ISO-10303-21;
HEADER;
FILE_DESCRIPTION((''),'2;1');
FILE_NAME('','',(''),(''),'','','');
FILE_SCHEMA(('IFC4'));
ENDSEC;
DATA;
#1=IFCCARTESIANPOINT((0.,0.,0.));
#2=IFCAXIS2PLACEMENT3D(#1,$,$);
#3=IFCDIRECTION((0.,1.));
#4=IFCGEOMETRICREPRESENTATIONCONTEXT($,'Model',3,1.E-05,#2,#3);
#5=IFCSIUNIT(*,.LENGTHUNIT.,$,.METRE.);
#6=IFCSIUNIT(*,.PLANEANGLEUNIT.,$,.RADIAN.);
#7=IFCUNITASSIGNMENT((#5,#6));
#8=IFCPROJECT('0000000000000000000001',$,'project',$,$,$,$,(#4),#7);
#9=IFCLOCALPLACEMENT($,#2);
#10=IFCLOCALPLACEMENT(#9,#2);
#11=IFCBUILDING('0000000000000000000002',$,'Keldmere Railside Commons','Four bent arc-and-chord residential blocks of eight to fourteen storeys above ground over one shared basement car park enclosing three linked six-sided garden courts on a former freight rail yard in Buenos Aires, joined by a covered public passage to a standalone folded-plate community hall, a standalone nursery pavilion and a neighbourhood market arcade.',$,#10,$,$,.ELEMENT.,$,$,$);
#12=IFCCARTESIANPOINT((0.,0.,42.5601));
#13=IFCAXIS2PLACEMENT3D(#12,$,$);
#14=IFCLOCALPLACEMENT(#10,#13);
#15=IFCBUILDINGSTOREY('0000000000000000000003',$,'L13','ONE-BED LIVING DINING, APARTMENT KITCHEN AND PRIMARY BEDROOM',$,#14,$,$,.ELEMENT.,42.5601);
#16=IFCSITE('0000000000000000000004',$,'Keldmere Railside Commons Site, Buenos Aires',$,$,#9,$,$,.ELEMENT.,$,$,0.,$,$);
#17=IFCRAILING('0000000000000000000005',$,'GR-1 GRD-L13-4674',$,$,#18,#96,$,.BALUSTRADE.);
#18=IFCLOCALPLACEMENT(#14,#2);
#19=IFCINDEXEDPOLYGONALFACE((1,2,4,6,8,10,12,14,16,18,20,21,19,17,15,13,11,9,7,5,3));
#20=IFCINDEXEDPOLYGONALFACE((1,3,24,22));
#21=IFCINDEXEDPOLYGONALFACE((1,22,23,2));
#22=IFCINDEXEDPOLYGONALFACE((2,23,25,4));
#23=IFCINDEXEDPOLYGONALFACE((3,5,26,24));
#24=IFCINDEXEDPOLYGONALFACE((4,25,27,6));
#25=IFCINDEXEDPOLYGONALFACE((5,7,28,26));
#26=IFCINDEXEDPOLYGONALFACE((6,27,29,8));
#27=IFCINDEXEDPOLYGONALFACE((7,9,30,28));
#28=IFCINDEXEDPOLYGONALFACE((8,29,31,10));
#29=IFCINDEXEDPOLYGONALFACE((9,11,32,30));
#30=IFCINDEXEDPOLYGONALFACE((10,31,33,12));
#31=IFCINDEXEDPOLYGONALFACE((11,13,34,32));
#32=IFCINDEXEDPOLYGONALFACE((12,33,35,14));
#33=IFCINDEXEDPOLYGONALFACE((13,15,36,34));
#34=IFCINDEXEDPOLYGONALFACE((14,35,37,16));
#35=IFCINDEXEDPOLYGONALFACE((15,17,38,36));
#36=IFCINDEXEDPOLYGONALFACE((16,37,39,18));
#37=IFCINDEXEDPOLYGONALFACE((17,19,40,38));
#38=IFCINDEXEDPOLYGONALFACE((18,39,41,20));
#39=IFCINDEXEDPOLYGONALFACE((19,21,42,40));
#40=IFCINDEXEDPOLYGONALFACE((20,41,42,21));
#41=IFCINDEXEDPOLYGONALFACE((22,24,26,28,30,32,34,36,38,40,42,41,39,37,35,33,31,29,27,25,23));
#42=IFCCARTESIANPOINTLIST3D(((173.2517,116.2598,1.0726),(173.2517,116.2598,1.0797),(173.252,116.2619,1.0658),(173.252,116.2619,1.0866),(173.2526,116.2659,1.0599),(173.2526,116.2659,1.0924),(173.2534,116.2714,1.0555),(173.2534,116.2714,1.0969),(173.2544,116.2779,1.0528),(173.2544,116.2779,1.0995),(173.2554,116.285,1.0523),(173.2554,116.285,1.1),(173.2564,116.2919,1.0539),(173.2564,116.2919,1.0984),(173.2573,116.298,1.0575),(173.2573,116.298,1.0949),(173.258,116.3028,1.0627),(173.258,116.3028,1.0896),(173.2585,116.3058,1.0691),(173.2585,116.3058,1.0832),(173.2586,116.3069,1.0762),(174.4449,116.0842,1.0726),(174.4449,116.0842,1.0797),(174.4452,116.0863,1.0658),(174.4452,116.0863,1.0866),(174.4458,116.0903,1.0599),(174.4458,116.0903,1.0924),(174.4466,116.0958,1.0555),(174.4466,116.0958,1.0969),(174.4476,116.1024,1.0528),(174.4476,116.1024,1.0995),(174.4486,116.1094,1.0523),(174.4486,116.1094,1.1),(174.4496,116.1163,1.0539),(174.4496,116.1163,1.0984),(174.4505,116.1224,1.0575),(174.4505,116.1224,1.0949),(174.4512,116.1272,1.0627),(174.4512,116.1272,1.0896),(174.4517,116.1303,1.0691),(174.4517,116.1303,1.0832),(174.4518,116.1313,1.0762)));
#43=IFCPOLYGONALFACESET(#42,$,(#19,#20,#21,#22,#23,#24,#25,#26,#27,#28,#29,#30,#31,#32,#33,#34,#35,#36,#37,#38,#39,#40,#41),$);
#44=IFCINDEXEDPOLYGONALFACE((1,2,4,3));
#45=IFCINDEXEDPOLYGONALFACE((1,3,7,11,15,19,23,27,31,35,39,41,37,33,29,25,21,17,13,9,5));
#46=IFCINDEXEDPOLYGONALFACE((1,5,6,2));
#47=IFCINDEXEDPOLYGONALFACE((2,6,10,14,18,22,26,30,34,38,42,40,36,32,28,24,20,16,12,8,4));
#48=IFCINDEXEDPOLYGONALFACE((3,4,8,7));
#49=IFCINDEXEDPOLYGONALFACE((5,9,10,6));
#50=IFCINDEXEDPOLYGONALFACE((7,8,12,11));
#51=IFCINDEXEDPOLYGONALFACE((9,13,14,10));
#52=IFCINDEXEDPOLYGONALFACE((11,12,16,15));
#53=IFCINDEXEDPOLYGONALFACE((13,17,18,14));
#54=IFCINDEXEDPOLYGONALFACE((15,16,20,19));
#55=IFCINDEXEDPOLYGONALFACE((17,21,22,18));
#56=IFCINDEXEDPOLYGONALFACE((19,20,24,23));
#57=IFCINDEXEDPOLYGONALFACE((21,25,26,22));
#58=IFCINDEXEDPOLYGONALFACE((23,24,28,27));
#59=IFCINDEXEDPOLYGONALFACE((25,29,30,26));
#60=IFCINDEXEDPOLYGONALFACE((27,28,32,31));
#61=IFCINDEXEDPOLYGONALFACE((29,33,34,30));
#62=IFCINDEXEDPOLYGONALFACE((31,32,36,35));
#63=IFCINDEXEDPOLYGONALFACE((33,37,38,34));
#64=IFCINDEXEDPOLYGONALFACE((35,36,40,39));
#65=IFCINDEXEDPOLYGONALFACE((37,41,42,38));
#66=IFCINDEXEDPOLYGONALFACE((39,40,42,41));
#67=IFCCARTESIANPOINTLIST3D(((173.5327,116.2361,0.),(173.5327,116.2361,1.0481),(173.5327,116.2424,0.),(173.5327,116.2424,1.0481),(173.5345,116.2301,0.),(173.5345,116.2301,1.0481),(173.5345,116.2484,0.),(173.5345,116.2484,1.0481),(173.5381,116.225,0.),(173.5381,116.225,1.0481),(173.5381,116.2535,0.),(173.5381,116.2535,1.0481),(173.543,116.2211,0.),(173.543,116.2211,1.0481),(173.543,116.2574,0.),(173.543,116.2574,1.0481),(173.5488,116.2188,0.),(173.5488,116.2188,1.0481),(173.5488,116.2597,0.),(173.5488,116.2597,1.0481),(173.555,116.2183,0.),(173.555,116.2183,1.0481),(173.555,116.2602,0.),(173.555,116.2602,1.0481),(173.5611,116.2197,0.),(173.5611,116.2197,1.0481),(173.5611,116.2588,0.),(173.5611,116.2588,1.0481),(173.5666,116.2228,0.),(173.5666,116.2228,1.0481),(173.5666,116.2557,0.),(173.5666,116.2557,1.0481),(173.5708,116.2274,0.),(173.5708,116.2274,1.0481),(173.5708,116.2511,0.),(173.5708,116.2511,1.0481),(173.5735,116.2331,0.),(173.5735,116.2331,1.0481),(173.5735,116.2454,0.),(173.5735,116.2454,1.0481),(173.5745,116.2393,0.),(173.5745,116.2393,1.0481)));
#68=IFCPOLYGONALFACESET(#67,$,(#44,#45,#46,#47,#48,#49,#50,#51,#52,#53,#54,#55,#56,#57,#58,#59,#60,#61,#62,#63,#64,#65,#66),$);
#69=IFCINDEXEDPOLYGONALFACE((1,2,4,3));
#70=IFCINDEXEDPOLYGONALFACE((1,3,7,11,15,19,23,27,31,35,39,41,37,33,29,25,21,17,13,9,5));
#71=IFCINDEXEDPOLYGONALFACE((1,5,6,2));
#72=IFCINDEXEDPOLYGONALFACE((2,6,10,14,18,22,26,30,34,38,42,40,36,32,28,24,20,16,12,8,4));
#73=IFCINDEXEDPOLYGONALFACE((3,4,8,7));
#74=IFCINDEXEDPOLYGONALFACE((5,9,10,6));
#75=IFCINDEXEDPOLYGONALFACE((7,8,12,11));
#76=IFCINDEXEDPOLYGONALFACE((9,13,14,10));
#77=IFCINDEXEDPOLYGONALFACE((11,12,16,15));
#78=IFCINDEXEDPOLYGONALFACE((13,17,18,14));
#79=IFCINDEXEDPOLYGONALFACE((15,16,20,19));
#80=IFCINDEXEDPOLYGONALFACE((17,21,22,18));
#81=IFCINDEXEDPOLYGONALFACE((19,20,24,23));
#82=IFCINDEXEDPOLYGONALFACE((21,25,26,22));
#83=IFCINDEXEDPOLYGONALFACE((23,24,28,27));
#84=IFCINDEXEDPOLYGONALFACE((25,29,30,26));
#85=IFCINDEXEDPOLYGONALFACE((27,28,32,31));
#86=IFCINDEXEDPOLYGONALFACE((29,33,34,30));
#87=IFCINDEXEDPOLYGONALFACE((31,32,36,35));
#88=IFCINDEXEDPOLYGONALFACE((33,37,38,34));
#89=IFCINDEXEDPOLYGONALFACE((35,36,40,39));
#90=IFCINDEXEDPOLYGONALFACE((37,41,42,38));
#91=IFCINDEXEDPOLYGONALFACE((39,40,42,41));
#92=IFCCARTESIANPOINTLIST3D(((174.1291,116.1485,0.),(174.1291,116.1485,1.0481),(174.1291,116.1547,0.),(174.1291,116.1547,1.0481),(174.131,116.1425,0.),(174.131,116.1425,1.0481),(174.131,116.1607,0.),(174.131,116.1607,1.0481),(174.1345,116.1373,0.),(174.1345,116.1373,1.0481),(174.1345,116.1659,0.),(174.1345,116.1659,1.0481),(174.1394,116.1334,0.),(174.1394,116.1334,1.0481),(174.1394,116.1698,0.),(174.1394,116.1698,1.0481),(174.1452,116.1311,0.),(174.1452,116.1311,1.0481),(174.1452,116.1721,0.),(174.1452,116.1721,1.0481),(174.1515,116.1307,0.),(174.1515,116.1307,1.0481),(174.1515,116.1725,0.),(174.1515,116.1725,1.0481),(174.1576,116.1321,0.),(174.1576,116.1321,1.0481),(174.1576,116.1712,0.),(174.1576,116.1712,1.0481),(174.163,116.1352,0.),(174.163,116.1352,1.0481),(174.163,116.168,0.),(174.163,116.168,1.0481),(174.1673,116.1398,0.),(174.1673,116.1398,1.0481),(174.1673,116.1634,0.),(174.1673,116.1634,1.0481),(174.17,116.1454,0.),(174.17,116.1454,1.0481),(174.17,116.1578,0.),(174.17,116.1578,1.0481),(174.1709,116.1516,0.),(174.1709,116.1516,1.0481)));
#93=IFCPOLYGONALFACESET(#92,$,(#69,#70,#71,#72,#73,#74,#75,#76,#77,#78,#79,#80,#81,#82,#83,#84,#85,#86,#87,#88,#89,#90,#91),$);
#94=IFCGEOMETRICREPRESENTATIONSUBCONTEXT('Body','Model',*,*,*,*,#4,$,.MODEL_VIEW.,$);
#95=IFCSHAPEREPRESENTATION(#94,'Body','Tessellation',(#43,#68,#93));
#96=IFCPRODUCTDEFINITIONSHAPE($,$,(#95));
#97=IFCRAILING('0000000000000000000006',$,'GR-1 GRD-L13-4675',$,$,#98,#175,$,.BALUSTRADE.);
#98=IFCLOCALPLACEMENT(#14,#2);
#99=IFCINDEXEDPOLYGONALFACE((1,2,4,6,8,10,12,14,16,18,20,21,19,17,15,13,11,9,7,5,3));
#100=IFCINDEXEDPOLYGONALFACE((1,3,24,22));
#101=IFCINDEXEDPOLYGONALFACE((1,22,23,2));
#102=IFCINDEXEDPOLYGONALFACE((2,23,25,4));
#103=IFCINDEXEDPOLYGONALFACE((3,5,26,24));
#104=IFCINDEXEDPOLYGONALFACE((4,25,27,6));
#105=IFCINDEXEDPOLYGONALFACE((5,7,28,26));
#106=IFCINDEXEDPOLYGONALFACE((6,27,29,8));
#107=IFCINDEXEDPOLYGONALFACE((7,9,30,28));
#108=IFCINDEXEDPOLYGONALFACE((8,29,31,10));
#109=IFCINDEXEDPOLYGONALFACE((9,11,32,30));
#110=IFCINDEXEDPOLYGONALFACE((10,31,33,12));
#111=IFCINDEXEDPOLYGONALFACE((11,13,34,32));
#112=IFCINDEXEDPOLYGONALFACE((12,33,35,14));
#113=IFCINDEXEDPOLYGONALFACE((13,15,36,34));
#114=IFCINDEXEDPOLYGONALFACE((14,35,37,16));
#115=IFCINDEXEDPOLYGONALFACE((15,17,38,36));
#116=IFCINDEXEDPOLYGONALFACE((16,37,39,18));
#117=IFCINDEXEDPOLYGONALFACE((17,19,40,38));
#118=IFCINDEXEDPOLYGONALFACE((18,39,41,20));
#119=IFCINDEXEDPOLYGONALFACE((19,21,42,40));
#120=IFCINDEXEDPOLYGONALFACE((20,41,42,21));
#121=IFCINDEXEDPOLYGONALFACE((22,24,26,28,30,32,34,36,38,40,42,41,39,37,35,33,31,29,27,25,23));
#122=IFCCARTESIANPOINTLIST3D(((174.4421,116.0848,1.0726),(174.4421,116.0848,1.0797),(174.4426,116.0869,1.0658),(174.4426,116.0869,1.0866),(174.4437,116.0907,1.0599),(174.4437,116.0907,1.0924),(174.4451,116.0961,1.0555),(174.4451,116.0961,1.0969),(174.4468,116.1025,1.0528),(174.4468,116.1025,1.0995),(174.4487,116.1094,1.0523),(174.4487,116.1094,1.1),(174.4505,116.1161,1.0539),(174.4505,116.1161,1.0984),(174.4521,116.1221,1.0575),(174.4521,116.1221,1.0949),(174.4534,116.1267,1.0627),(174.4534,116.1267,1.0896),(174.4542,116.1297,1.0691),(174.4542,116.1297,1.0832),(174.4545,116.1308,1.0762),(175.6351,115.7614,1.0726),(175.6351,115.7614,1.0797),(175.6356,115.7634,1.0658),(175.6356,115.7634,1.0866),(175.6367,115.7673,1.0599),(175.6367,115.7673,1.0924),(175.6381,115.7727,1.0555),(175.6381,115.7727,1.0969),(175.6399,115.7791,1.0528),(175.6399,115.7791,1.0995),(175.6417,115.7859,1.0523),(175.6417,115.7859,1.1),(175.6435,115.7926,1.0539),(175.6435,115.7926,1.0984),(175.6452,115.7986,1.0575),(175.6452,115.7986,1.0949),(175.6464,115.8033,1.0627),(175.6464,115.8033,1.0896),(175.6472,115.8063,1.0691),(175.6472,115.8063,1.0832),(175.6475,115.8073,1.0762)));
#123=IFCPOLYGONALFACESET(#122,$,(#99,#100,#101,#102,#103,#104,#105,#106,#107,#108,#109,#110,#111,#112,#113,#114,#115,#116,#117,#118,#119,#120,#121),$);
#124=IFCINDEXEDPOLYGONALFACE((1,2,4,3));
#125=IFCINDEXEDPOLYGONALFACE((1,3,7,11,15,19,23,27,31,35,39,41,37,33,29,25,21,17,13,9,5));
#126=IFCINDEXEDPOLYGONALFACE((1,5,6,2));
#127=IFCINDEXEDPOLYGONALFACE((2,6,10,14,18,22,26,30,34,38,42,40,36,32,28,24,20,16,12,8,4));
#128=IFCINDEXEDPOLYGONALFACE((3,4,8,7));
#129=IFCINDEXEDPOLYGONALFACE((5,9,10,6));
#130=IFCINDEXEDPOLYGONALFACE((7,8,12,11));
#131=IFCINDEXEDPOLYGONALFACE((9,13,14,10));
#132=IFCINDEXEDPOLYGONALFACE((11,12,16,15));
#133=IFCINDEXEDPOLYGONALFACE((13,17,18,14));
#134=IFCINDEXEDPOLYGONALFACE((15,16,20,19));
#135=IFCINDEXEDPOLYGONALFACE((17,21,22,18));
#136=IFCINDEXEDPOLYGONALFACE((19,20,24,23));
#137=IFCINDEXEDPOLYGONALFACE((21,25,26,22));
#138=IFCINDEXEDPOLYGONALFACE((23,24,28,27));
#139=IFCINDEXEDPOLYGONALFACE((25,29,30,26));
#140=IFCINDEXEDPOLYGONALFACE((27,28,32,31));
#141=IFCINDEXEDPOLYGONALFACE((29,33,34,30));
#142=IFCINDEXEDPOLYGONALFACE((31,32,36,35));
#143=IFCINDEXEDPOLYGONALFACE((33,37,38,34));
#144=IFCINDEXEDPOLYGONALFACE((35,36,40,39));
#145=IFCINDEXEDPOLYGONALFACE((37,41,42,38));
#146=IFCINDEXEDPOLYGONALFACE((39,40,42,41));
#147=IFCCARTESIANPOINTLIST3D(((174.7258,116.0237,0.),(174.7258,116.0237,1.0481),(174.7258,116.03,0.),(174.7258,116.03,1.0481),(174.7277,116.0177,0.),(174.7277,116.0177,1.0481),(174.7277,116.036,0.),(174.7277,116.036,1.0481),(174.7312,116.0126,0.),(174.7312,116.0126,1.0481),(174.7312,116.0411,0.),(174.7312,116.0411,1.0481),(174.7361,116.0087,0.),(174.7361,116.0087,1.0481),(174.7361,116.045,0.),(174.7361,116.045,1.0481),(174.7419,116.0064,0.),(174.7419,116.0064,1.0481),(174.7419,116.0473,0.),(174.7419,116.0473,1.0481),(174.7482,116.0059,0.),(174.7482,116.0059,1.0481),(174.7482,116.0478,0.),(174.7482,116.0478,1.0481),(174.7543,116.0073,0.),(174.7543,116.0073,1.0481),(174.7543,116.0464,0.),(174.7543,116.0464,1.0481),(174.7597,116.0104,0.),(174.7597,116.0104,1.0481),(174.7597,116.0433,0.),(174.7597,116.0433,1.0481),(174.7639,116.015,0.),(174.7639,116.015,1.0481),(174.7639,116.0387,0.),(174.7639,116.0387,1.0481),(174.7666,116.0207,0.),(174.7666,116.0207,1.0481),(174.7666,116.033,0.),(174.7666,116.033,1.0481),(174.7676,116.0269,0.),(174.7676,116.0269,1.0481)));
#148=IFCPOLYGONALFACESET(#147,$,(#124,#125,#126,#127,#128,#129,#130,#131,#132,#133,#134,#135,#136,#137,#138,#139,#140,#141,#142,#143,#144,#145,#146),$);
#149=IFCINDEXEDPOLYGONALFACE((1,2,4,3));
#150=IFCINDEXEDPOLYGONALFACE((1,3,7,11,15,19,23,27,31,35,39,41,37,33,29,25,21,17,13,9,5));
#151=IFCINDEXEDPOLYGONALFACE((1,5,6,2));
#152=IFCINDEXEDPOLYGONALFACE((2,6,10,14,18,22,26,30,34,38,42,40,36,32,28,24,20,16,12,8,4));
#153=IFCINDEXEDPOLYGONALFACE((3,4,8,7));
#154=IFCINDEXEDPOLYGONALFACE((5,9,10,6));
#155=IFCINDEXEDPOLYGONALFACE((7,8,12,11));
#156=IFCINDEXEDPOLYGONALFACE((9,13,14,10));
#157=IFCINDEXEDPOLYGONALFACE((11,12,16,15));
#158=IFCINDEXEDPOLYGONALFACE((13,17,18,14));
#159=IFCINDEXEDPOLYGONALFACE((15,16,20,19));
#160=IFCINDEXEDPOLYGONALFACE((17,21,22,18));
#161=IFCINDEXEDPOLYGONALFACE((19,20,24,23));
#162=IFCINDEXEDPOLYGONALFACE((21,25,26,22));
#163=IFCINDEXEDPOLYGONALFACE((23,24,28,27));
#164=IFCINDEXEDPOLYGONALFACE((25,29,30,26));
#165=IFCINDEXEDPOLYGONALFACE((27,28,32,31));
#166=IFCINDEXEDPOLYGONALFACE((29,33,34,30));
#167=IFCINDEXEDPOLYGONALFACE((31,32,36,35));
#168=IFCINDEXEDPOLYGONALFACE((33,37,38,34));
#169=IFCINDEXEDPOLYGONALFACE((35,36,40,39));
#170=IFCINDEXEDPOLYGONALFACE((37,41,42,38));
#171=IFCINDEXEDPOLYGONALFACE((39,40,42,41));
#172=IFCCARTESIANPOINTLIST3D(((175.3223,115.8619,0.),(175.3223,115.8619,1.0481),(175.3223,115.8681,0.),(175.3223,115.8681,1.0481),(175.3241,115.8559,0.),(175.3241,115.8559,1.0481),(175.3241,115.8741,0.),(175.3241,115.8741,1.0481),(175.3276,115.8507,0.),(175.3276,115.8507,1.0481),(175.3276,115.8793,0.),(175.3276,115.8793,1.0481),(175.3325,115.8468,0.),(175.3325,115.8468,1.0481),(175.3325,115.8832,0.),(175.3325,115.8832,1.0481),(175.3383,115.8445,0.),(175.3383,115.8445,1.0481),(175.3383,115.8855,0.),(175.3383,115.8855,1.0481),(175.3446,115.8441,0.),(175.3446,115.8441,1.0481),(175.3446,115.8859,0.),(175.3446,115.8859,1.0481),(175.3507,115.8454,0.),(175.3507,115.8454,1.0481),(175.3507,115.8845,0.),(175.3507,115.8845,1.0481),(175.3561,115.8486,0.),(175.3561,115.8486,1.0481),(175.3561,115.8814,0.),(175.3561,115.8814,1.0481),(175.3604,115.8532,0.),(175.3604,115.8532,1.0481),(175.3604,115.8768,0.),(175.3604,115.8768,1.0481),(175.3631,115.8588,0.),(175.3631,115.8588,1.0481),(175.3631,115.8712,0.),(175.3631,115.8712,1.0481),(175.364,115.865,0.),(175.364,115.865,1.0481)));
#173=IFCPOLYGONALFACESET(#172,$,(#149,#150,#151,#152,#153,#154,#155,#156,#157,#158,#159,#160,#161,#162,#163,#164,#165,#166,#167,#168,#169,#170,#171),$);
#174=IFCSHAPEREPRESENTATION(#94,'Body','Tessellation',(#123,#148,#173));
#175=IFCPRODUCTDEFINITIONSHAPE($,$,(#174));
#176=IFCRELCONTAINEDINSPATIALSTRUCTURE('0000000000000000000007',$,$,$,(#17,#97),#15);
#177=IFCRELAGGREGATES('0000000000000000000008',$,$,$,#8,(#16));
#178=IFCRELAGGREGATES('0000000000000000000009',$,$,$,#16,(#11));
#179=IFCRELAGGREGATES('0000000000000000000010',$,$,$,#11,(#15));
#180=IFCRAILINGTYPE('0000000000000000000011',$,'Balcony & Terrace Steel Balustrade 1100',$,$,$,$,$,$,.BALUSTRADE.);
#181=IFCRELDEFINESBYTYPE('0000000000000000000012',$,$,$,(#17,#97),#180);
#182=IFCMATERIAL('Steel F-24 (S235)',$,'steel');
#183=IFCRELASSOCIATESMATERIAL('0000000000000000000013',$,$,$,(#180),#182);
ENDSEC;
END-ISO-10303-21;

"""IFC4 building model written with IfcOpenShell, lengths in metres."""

from ifc_helpers import new_model, si_unit, direction, frame, origin, origin_2d, place, context, subcontext, project, spatial, circle, extrude, material, type_object, element, save


model = new_model("IFC4")

# Units and contexts
model_context = context("Model", 3, precision=1e-05, world=origin(), true_north=direction((0.0, 1.0)))
body_context = subcontext(model_context, "Body", "Model", "MODEL_VIEW")
ifc_project = project(units=[si_unit("LENGTHUNIT", "METRE"), si_unit("PLANEANGLEUNIT", "RADIAN")], contexts=[model_context])

# Site, building, storey
site_placement = place(None, origin())
site = spatial("IfcSite", under=ifc_project, at=site_placement, Name="Keldmere Railside Commons Site, Buenos Aires", CompositionType="ELEMENT", RefElevation=0.0)
building_placement = place(site_placement, origin())
building = spatial("IfcBuilding", under=site, at=building_placement, Name="Keldmere Railside Commons", Description="Four bent arc-and-chord residential blocks of eight to fourteen storeys above ground over one shared basement car park enclosing three linked six-sided garden courts on a former freight rail yard in Buenos Aires, joined by a covered public passage to a standalone folded-plate community hall, a standalone nursery pavilion and a neighbourhood market arcade.", CompositionType="ELEMENT")
storey_placement = place(building_placement, frame((0.0, 0.0, 42.5601)))
storey = spatial("IfcBuildingStorey", under=building, at=storey_placement, Name="L13", Description="ONE-BED LIVING DINING, APARTMENT KITCHEN AND PRIMARY BEDROOM", CompositionType="ELEMENT", Elevation=42.5601)

# Railings
ifc_material_1 = material(Name="Steel F-24 (S235)", Category="steel")
railing_type = type_object("IfcRailingType", Name="Balcony & Terrace Steel Balustrade 1100", PredefinedType="BALUSTRADE", material=ifc_material_1)
railing_1_placement = place(storey_placement, frame((173.2551, 116.2832, 0.0)))
element("IfcRailing", 1, at=railing_1_placement, inside=storey, type_object=railing_type, Name="GR-1 GRD-L13-4674", PredefinedType="BALUSTRADE", context=body_context, shape_type="SweptSolid", body=[
    extrude(circle(Radius=0.0239, at=origin_2d()), frame((0.0, 0.0, 1.0762), z_axis=(0.98935, -0.145558, 0.0), x_axis=(0.145558, 0.98935, 0.0)), (0.0, 0.0, 1.0), 1.2061),
    extrude(circle(Radius=0.021, at=origin_2d()), frame((0.2983, -0.0439, 0.0)), (0.0, 0.0, 1.0), 1.0481),
    extrude(circle(Radius=0.021, at=origin_2d()), frame((0.8948, -0.1316, 0.0)), (0.0, 0.0, 1.0), 1.0481),
])
railing_2_placement = place(storey_placement, frame((174.4482, 116.1077, 0.0)))
element("IfcRailing", 2, at=railing_2_placement, inside=storey, type_object=railing_type, Name="GR-1 GRD-L13-4675", PredefinedType="BALUSTRADE", context=body_context, shape_type="SweptSolid", body=[
    extrude(circle(Radius=0.0239, at=origin_2d()), frame((0.0, 0.0, 1.0762), z_axis=(0.965155, -0.26168, 0.0), x_axis=(0.26168, 0.965155, 0.0)), (0.0, 0.0, 1.0), 1.2361),
    extrude(circle(Radius=0.021, at=origin_2d()), frame((0.2983, -0.0808, 0.0)), (0.0, 0.0, 1.0), 1.0481),
    extrude(circle(Radius=0.021, at=origin_2d()), frame((0.8948, -0.2427, 0.0)), (0.0, 0.0, 1.0), 1.0481),
])

save(model, "model.ifc")
